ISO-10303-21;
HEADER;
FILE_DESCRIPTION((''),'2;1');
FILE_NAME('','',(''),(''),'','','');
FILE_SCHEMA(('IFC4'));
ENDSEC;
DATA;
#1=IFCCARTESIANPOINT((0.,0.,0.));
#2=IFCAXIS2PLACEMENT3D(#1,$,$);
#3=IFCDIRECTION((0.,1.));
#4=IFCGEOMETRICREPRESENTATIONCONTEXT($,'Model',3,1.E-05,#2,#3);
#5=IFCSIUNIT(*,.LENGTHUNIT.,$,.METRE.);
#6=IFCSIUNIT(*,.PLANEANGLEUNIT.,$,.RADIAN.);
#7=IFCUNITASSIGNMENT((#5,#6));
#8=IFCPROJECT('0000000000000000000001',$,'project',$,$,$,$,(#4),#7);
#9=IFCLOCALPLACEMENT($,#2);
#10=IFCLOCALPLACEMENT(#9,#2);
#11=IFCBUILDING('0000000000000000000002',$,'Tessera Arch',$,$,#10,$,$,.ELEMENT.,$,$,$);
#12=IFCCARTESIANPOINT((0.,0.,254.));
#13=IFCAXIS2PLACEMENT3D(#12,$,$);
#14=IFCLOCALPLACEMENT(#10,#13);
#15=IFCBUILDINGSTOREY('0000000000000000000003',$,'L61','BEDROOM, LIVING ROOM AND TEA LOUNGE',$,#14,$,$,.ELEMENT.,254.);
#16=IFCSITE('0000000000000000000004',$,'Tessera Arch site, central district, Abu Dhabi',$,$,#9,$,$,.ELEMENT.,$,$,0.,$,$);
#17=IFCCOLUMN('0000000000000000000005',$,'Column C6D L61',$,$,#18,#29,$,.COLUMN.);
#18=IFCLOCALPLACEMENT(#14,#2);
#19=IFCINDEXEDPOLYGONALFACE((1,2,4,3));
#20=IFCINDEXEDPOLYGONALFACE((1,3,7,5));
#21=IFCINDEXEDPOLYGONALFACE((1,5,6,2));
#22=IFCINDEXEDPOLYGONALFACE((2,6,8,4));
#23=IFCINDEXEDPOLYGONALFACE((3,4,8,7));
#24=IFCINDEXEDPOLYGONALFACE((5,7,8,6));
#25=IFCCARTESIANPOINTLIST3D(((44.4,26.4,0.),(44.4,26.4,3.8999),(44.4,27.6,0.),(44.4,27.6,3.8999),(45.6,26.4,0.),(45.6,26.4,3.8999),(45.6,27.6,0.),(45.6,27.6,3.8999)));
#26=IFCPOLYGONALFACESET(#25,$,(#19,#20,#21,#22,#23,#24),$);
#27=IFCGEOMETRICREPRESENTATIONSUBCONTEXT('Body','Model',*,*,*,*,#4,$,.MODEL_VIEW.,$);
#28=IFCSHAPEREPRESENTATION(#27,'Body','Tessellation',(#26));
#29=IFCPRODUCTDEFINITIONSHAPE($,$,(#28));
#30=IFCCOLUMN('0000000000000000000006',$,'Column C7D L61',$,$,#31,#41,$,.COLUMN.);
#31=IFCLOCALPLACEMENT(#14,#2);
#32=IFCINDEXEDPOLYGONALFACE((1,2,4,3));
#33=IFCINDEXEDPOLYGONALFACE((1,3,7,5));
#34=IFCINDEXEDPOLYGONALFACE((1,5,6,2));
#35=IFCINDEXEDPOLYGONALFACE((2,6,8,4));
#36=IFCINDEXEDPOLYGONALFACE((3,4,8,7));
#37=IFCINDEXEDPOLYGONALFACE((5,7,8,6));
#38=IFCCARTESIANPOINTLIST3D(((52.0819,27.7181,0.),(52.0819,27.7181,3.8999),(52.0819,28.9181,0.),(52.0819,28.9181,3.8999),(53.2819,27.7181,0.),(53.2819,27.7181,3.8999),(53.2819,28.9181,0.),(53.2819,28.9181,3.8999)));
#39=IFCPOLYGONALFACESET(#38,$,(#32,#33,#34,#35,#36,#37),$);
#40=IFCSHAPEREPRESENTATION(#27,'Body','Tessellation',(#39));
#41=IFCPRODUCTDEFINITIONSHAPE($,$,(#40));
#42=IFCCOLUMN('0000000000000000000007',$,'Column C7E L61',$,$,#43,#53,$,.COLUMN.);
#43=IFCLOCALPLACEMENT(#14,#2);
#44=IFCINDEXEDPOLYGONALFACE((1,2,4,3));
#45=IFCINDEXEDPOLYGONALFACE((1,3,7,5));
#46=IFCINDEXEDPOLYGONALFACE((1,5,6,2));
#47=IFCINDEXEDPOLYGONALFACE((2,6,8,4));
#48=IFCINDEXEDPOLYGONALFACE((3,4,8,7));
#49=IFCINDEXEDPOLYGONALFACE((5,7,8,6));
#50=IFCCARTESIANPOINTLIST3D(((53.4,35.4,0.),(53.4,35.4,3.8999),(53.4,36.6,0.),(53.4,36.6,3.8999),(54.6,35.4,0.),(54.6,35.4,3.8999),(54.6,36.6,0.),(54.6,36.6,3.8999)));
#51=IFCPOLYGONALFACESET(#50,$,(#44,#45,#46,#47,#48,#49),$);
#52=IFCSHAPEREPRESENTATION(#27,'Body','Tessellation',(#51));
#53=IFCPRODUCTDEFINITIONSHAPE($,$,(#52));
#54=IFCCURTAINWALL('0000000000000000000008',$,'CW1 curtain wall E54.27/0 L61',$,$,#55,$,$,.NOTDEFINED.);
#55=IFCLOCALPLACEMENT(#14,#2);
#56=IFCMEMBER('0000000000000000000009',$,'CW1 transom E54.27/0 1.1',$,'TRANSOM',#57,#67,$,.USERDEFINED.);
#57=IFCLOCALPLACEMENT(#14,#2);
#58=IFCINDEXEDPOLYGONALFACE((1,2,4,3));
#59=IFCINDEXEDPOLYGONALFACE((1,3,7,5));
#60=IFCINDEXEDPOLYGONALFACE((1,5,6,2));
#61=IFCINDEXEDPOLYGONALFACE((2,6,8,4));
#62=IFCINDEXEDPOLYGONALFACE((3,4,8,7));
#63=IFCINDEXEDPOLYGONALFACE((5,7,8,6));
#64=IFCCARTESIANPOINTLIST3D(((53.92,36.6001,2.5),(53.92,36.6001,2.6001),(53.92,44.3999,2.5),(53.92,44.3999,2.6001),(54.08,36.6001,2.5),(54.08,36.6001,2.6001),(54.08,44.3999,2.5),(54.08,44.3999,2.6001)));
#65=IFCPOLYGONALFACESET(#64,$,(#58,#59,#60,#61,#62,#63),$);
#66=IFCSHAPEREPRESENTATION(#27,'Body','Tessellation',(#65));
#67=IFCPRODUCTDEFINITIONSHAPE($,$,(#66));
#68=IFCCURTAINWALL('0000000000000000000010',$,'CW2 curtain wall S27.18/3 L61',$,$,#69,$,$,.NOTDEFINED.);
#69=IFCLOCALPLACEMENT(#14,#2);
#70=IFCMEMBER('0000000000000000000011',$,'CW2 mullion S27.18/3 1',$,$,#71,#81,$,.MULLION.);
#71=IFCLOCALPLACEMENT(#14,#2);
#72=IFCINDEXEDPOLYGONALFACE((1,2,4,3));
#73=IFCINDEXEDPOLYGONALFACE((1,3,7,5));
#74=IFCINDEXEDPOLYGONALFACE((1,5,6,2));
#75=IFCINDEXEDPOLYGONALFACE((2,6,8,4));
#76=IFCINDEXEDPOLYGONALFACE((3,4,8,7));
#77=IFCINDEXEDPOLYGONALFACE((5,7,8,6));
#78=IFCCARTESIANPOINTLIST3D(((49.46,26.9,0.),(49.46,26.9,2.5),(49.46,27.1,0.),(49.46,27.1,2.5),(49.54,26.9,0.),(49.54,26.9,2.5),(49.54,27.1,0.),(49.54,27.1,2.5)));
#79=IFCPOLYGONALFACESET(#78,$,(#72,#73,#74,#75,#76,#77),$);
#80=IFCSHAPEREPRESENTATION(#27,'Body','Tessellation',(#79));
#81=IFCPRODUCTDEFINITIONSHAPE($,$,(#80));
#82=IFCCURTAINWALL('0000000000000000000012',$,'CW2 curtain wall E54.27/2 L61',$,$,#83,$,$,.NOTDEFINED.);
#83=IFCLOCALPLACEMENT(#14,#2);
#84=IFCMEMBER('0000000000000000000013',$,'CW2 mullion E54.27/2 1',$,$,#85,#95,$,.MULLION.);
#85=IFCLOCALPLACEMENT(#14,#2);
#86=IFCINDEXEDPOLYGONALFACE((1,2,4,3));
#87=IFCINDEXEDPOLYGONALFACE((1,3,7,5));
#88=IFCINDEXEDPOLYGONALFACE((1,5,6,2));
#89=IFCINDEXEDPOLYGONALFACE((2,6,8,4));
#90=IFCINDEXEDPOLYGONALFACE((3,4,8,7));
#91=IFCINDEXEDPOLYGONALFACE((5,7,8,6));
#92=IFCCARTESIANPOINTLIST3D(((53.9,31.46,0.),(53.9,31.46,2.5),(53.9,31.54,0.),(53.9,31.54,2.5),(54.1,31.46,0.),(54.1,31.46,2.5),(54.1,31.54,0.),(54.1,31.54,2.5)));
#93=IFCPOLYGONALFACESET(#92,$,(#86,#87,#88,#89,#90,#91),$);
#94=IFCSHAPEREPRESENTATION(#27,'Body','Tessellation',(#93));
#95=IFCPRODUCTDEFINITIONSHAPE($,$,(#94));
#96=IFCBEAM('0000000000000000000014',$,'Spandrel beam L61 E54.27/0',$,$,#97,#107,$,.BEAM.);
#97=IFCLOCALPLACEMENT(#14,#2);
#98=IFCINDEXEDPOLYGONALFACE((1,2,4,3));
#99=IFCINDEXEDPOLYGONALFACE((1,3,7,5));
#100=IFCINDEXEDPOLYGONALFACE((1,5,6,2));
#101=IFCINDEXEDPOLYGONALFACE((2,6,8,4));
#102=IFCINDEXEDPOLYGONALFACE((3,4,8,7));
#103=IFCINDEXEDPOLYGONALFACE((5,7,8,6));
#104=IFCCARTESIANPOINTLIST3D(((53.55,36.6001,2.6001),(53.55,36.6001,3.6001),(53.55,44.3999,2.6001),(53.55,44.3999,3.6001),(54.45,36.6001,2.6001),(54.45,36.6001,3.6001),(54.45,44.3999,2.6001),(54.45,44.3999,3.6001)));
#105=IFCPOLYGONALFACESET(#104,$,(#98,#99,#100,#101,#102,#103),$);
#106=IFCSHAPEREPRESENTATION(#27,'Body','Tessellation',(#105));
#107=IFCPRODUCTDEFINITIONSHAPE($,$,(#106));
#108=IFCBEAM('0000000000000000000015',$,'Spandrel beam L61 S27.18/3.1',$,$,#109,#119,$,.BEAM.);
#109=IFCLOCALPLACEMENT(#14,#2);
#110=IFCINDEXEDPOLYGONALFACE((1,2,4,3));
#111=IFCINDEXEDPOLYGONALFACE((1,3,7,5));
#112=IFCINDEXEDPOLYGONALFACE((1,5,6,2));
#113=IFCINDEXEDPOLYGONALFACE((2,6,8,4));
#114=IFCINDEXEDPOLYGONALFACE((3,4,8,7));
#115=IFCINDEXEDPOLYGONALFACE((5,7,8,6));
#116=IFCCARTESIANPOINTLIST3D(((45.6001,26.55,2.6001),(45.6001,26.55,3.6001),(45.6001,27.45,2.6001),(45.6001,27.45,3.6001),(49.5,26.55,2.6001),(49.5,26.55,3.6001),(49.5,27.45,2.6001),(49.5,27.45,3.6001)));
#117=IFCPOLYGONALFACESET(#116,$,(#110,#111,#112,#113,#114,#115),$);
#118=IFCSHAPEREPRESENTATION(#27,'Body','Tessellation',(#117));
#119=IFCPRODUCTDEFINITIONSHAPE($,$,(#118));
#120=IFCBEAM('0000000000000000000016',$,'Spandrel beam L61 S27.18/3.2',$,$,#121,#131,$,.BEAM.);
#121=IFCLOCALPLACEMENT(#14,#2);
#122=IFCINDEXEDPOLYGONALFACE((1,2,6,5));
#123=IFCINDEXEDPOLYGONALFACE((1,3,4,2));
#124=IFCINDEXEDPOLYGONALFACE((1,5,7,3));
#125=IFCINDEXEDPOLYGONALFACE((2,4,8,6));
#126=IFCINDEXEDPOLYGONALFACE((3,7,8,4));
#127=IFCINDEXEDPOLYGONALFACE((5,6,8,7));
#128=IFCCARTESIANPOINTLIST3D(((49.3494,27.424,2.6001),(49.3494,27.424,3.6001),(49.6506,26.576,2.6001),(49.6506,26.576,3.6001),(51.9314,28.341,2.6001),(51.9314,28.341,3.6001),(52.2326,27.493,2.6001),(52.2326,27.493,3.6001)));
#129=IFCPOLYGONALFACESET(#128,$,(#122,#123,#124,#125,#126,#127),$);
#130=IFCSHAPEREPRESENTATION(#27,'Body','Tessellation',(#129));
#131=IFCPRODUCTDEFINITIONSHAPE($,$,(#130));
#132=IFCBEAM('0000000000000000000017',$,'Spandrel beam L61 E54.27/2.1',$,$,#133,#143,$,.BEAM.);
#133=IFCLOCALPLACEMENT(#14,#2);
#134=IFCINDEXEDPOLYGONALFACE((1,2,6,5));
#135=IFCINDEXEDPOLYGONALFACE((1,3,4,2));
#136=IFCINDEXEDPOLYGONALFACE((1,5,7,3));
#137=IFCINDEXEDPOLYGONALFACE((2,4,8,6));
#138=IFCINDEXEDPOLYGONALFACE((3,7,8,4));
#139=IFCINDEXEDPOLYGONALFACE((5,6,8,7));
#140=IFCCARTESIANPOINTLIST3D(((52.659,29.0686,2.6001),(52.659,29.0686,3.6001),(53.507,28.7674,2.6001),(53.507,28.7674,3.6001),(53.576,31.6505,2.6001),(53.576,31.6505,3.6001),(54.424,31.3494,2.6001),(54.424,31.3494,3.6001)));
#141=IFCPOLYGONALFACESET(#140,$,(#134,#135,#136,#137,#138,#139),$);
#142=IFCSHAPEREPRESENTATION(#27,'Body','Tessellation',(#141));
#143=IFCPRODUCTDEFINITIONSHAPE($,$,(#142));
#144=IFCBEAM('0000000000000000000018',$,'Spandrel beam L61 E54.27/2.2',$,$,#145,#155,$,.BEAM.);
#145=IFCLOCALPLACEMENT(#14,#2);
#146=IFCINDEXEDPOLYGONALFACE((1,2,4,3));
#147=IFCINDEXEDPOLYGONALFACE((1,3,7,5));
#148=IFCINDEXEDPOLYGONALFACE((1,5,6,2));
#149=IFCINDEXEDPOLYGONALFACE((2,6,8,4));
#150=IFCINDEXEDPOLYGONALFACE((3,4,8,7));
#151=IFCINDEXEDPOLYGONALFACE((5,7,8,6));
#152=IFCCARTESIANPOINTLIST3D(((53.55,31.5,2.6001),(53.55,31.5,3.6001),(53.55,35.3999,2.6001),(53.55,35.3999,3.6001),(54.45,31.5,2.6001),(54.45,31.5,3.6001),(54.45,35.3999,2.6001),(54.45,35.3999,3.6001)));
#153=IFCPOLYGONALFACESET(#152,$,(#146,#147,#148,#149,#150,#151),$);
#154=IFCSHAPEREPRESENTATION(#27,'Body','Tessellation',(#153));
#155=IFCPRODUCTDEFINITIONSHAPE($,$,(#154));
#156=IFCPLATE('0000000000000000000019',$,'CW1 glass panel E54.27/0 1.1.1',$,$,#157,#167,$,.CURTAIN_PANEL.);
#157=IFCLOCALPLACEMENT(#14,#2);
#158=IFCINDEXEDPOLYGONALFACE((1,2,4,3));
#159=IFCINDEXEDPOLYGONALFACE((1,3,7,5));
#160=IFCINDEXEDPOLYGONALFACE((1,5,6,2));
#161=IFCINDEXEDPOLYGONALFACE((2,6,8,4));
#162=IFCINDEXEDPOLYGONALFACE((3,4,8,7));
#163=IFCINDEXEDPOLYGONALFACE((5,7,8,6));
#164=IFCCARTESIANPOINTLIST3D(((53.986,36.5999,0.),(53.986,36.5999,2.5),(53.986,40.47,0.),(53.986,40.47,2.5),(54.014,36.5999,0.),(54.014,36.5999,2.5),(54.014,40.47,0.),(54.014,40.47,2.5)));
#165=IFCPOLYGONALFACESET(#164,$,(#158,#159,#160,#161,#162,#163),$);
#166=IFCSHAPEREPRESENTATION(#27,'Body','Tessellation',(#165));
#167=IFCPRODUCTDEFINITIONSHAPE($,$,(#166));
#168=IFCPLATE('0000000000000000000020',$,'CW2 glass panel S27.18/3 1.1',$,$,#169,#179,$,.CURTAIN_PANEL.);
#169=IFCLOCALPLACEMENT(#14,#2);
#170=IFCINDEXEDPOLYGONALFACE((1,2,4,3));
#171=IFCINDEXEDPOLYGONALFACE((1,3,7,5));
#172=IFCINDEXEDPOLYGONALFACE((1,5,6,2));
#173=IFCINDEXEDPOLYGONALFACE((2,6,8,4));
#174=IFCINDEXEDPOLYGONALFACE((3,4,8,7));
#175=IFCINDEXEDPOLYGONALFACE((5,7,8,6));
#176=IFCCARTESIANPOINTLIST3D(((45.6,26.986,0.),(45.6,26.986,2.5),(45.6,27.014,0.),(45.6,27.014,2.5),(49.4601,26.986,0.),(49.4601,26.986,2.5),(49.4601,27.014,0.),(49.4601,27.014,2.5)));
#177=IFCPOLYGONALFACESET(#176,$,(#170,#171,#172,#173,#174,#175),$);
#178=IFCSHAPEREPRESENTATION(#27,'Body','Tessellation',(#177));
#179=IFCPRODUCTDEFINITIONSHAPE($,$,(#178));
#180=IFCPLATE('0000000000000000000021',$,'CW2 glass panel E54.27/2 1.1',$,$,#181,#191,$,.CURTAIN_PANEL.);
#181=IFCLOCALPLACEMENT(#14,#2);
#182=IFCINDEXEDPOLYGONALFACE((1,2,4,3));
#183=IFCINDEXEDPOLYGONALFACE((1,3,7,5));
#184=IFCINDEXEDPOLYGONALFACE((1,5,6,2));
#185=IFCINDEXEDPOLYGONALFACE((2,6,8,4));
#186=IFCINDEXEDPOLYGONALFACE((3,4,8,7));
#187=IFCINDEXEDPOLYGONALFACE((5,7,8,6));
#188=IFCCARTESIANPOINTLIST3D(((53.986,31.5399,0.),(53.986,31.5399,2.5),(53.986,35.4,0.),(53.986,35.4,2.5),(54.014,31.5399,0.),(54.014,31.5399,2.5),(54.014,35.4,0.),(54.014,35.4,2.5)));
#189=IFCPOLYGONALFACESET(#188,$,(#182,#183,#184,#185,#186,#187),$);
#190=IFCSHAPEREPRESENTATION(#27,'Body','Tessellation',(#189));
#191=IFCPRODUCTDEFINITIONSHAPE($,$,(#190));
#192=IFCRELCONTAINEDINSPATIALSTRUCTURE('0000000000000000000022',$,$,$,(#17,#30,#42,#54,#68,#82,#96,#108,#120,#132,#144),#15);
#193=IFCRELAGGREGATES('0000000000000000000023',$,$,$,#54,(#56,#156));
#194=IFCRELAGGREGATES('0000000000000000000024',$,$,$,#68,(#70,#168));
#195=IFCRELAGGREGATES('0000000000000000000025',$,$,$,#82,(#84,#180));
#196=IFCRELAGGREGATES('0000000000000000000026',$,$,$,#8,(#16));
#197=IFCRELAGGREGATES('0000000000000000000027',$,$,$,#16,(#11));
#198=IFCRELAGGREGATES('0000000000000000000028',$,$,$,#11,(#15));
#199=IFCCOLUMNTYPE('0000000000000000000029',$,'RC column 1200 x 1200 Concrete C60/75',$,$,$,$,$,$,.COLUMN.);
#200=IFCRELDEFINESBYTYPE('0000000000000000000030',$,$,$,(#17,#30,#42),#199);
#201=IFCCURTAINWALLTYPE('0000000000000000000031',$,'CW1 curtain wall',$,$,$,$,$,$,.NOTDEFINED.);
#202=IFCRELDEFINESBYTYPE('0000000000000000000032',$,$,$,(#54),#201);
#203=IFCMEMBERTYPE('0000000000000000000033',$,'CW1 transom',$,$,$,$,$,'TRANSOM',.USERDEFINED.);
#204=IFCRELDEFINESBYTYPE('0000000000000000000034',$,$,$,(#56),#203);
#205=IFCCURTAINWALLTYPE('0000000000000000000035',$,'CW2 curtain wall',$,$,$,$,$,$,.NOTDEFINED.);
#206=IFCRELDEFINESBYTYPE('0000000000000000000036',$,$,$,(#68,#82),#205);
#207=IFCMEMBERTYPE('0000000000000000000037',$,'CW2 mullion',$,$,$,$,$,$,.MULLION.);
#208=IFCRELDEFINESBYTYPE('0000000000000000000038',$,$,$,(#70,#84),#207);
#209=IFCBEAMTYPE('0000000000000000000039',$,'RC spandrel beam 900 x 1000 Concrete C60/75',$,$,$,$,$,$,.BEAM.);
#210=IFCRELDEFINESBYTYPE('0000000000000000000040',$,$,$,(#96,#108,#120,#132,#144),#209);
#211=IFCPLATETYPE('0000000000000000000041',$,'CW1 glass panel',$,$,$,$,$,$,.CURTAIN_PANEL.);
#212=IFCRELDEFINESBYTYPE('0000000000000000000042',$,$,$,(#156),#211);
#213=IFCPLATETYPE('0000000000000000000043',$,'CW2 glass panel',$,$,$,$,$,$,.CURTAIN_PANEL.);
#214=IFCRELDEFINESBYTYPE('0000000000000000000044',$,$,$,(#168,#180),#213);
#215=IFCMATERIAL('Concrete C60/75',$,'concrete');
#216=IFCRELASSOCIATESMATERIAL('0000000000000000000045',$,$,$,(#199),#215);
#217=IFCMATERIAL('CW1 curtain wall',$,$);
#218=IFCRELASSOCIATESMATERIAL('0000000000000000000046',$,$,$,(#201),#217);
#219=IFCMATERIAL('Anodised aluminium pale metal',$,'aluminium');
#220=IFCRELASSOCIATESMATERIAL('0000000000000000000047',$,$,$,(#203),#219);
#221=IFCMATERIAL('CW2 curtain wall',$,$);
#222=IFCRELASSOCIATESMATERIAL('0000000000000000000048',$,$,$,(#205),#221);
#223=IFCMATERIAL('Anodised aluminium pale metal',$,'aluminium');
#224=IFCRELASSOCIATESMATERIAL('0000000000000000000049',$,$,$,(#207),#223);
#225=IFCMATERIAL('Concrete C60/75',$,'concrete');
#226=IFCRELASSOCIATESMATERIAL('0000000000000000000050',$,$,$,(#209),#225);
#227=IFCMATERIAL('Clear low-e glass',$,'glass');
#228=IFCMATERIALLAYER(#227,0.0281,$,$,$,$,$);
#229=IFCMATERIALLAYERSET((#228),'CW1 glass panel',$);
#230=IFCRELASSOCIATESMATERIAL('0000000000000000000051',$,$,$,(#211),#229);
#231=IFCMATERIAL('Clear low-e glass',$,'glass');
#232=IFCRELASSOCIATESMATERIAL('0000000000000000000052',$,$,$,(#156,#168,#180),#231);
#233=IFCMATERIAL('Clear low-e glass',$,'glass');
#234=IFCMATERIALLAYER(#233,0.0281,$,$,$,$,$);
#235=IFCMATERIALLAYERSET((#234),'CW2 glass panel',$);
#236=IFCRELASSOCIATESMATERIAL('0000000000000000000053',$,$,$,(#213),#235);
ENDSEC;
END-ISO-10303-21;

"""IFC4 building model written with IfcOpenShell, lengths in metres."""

from ifc_helpers import new_model, si_unit, direction, frame, origin, origin_2d, place, context, subcontext, project, spatial, rectangle, extrude, material, layer, layer_set, material_profile, profile_set, type_object, element, aggregate, save


model = new_model("IFC4")

# Units and contexts
model_context = context("Model", 3, precision=1e-05, world=origin(), true_north=direction((0.0, 1.0)))
body_context = subcontext(model_context, "Body", "Model", "MODEL_VIEW")
ifc_project = project(units=[si_unit("LENGTHUNIT", "METRE"), si_unit("PLANEANGLEUNIT", "RADIAN")], contexts=[model_context])

# Site, building, storey
site_placement = place(None, origin())
site = spatial("IfcSite", under=ifc_project, at=site_placement, Name="Tessera Arch site, central district, Abu Dhabi", CompositionType="ELEMENT", RefElevation=0.0)
building_placement = place(site_placement, origin())
building = spatial("IfcBuilding", under=site, at=building_placement, Name="Tessera Arch", CompositionType="ELEMENT")
storey_placement = place(building_placement, frame((0.0, 0.0, 254.0)))
storey = spatial("IfcBuildingStorey", under=building, at=storey_placement, Name="L61", Description="BEDROOM, LIVING ROOM AND TEA LOUNGE", CompositionType="ELEMENT", Elevation=254.0)

# Columns
ifc_material_1 = material(Name="Concrete C60/75", Category="concrete")
ifc_material_profile_1 = material_profile(ifc_material_1, rectangle(XDim=1.2, YDim=1.2, at=origin_2d()), Name="RC column 1200 x 1200 Concrete C60/75")
ifc_profile_set_1 = profile_set([ifc_material_profile_1], Name="Concrete C60/75")
column_type = type_object("IfcColumnType", Name="RC column 1200 x 1200 Concrete C60/75", PredefinedType="COLUMN", material=ifc_profile_set_1)
for number, where, z_axis, x_axis, name in (
    (1, (45.0, 27.0, 0.0), (0.0, 0.0, 1.0), (1.0, 0.0, 0.0), "Column C6D L61"),
    (2, (52.6819, 28.3181, 0.0), (0.0, 0.0, 1.0), (1.0, 0.0, 0.0), "Column C7D L61"),
    (3, (54.0, 36.0, 0.0), (0.0, 0.0, 1.0), (1.0, 0.0, 0.0), "Column C7E L61"),
):
    element("IfcColumn", number, at=place(storey_placement, frame(where, z_axis=z_axis, x_axis=x_axis)), inside=storey, type_object=column_type, Name=name, PredefinedType="COLUMN", context=body_context, shape_type="SweptSolid", body=[
        extrude(rectangle(XDim=1.2, YDim=1.2, at=origin_2d()), origin(), (0.0, 0.0, 1.0), 3.8999),
    ])

# Curtain walls, members
ifc_material_2 = material(Name="CW1 curtain wall")
curtain_wall_type_1 = type_object("IfcCurtainWallType", Name="CW1 curtain wall", PredefinedType="NOTDEFINED", material=ifc_material_2)
curtain_wall_1_placement = place(storey_placement, origin())
curtain_wall_1 = element("IfcCurtainWall", 4, at=curtain_wall_1_placement, inside=storey, type_object=curtain_wall_type_1, Name="CW1 curtain wall E54.27/0 L61", PredefinedType="NOTDEFINED")
ifc_material_3 = material(Name="Anodised aluminium pale metal", Category="aluminium")
ifc_material_profile_2 = material_profile(ifc_material_3, rectangle(XDim=0.1599, YDim=0.1001, at=origin_2d()), Name="AL 160x100")
ifc_profile_set_2 = profile_set([ifc_material_profile_2], Name="Anodised aluminium pale metal")
member_type_1 = type_object("IfcMemberType", Name="CW1 transom", ElementType="TRANSOM", PredefinedType="USERDEFINED", material=ifc_profile_set_2)
member_1_placement = place(storey_placement, frame((54.0, 36.6001, 2.55), z_axis=(0.0, 1.0, 0.0), x_axis=(-1.0, 0.0, 0.0)))
member_1 = element("IfcMember", 5, at=member_1_placement, type_object=member_type_1, Name="CW1 transom E54.27/0 1.1", ObjectType="TRANSOM", PredefinedType="USERDEFINED", context=body_context, shape_type="SweptSolid", body=[
    extrude(rectangle(XDim=0.1599, YDim=0.1001, at=origin_2d()), origin(), (0.0, 0.0, 1.0), 7.7998),
])
ifc_material_4 = material(Name="CW2 curtain wall")
curtain_wall_type_2 = type_object("IfcCurtainWallType", Name="CW2 curtain wall", PredefinedType="NOTDEFINED", material=ifc_material_4)
curtain_wall_2_placement = place(storey_placement, origin())
curtain_wall_2 = element("IfcCurtainWall", 6, at=curtain_wall_2_placement, inside=storey, type_object=curtain_wall_type_2, Name="CW2 curtain wall S27.18/3 L61", PredefinedType="NOTDEFINED")
ifc_material_5 = material(Name="Anodised aluminium pale metal", Category="aluminium")
ifc_material_profile_3 = material_profile(ifc_material_5, rectangle(XDim=0.2, YDim=0.0801, at=origin_2d()), Name="AL 80x200")
ifc_profile_set_3 = profile_set([ifc_material_profile_3], Name="Anodised aluminium pale metal")
member_type_2 = type_object("IfcMemberType", Name="CW2 mullion", PredefinedType="MULLION", material=ifc_profile_set_3)
member_2_placement = place(storey_placement, frame((49.5, 27.0, 0.0), z_axis=(0.0, 0.0, 1.0), x_axis=(0.0, 1.0, 0.0)))
member_2 = element("IfcMember", 7, at=member_2_placement, type_object=member_type_2, Name="CW2 mullion S27.18/3 1", PredefinedType="MULLION", context=body_context, shape_type="SweptSolid", body=[
    extrude(rectangle(XDim=0.2, YDim=0.0801, at=origin_2d()), origin(), (0.0, 0.0, 1.0), 2.5),
])
curtain_wall_3_placement = place(storey_placement, origin())
curtain_wall_3 = element("IfcCurtainWall", 8, at=curtain_wall_3_placement, inside=storey, type_object=curtain_wall_type_2, Name="CW2 curtain wall E54.27/2 L61", PredefinedType="NOTDEFINED")
member_3_placement = place(storey_placement, frame((54.0, 31.5, 0.0), z_axis=(0.0, 0.0, 1.0), x_axis=(-1.0, 0.0, 0.0)))
member_3 = element("IfcMember", 9, at=member_3_placement, type_object=member_type_2, Name="CW2 mullion E54.27/2 1", PredefinedType="MULLION", context=body_context, shape_type="SweptSolid", body=[
    extrude(rectangle(XDim=0.2, YDim=0.0801, at=origin_2d()), origin(), (0.0, 0.0, 1.0), 2.5),
])

# Beams
ifc_material_6 = material(Name="Concrete C60/75", Category="concrete")
ifc_material_profile_4 = material_profile(ifc_material_6, rectangle(XDim=0.8999, YDim=1.0, at=origin_2d()), Name="RC spandrel beam 900 x 1000 Concrete C60/75")
ifc_profile_set_4 = profile_set([ifc_material_profile_4], Name="Concrete C60/75")
beam_type = type_object("IfcBeamType", Name="RC spandrel beam 900 x 1000 Concrete C60/75", PredefinedType="BEAM", material=ifc_profile_set_4)
beam_1_placement = place(storey_placement, frame((54.0, 36.6001, 3.1001), z_axis=(0.0, 1.0, 0.0), x_axis=(-1.0, 0.0, 0.0)))
element("IfcBeam", 10, at=beam_1_placement, inside=storey, type_object=beam_type, Name="Spandrel beam L61 E54.27/0", PredefinedType="BEAM", context=body_context, shape_type="SweptSolid", body=[
    extrude(rectangle(XDim=0.8999, YDim=1.0, at=origin_2d()), origin(), (0.0, 0.0, 1.0), 7.7998),
])
beam_2_placement = place(storey_placement, frame((45.6001, 27.0, 3.1001), z_axis=(1.0, 0.0, 0.0), x_axis=(0.0, 1.0, 0.0)))
element("IfcBeam", 11, at=beam_2_placement, inside=storey, type_object=beam_type, Name="Spandrel beam L61 S27.18/3.1", PredefinedType="BEAM", context=body_context, shape_type="SweptSolid", body=[
    extrude(rectangle(XDim=0.8999, YDim=1.0, at=origin_2d()), origin(), (0.0, 0.0, 1.0), 3.8999),
])
for number, where, z_axis, x_axis, name in (
    (12, (49.5, 27.0, 3.1001), (0.942337, 0.334665, 0.0), (-0.334665, 0.942337, 0.0), "Spandrel beam L61 S27.18/3.2"),
    (13, (53.083, 28.918, 3.1001), (0.334665, 0.942337, 0.0), (-0.942337, 0.334665, 0.0), "Spandrel beam L61 E54.27/2.1"),
):
    element("IfcBeam", number, at=place(storey_placement, frame(where, z_axis=z_axis, x_axis=x_axis)), inside=storey, type_object=beam_type, Name=name, PredefinedType="BEAM", context=body_context, shape_type="SweptSolid", body=[
        extrude(rectangle(XDim=0.8999, YDim=1.0, at=origin_2d()), origin(), (0.0, 0.0, 1.0), 2.74),
    ])
beam_3_placement = place(storey_placement, frame((54.0, 31.5, 3.1001), z_axis=(0.0, 1.0, 0.0), x_axis=(-1.0, 0.0, 0.0)))
element("IfcBeam", 14, at=beam_3_placement, inside=storey, type_object=beam_type, Name="Spandrel beam L61 E54.27/2.2", PredefinedType="BEAM", context=body_context, shape_type="SweptSolid", body=[
    extrude(rectangle(XDim=0.8999, YDim=1.0, at=origin_2d()), origin(), (0.0, 0.0, 1.0), 3.8999),
])

# Plates
ifc_material_7 = material(Name="Clear low-e glass", Category="glass")
ifc_material_8 = material(Name="Clear low-e glass", Category="glass")
ifc_layer_1 = layer(ifc_material_8, 0.0281)
ifc_layer_set_1 = layer_set([ifc_layer_1], Name="CW1 glass panel")
plate_type_1 = type_object("IfcPlateType", Name="CW1 glass panel", PredefinedType="CURTAIN_PANEL", material=ifc_layer_set_1)
plate_1_placement = place(storey_placement, frame((54.0, 38.5349, 0.0), z_axis=(0.0, 0.0, 1.0), x_axis=(0.0, 1.0, 0.0)))
plate_1 = element("IfcPlate", 15, at=plate_1_placement, type_object=plate_type_1, material=ifc_material_7, Name="CW1 glass panel E54.27/0 1.1.1", PredefinedType="CURTAIN_PANEL", context=body_context, shape_type="SweptSolid", body=[
    extrude(rectangle(XDim=3.8701, YDim=0.0281, at=origin_2d()), origin(), (0.0, 0.0, 1.0), 2.5),
])
aggregate(curtain_wall_1, [member_1, plate_1])
ifc_material_9 = material(Name="Clear low-e glass", Category="glass")
ifc_layer_2 = layer(ifc_material_9, 0.0281)
ifc_layer_set_2 = layer_set([ifc_layer_2], Name="CW2 glass panel")
plate_type_2 = type_object("IfcPlateType", Name="CW2 glass panel", PredefinedType="CURTAIN_PANEL", material=ifc_layer_set_2)
plate_2_placement = place(storey_placement, frame((47.53, 27.0, 0.0), z_axis=(0.0, 0.0, 1.0), x_axis=(1.0, 0.0, 0.0)))
plate_2 = element("IfcPlate", 16, at=plate_2_placement, type_object=plate_type_2, material=ifc_material_7, Name="CW2 glass panel S27.18/3 1.1", PredefinedType="CURTAIN_PANEL", context=body_context, shape_type="SweptSolid", body=[
    extrude(rectangle(XDim=3.8601, YDim=0.0281, at=origin_2d()), origin(), (0.0, 0.0, 1.0), 2.5),
])
aggregate(curtain_wall_2, [member_2, plate_2])
plate_3_placement = place(storey_placement, frame((54.0, 33.47, 0.0), z_axis=(0.0, 0.0, 1.0), x_axis=(0.0, 1.0, 0.0)))
plate_3 = element("IfcPlate", 17, at=plate_3_placement, type_object=plate_type_2, material=ifc_material_7, Name="CW2 glass panel E54.27/2 1.1", PredefinedType="CURTAIN_PANEL", context=body_context, shape_type="SweptSolid", body=[
    extrude(rectangle(XDim=3.8601, YDim=0.0281, at=origin_2d()), origin(), (0.0, 0.0, 1.0), 2.5),
])
aggregate(curtain_wall_3, [member_3, plate_3])

save(model, "model.ifc")
